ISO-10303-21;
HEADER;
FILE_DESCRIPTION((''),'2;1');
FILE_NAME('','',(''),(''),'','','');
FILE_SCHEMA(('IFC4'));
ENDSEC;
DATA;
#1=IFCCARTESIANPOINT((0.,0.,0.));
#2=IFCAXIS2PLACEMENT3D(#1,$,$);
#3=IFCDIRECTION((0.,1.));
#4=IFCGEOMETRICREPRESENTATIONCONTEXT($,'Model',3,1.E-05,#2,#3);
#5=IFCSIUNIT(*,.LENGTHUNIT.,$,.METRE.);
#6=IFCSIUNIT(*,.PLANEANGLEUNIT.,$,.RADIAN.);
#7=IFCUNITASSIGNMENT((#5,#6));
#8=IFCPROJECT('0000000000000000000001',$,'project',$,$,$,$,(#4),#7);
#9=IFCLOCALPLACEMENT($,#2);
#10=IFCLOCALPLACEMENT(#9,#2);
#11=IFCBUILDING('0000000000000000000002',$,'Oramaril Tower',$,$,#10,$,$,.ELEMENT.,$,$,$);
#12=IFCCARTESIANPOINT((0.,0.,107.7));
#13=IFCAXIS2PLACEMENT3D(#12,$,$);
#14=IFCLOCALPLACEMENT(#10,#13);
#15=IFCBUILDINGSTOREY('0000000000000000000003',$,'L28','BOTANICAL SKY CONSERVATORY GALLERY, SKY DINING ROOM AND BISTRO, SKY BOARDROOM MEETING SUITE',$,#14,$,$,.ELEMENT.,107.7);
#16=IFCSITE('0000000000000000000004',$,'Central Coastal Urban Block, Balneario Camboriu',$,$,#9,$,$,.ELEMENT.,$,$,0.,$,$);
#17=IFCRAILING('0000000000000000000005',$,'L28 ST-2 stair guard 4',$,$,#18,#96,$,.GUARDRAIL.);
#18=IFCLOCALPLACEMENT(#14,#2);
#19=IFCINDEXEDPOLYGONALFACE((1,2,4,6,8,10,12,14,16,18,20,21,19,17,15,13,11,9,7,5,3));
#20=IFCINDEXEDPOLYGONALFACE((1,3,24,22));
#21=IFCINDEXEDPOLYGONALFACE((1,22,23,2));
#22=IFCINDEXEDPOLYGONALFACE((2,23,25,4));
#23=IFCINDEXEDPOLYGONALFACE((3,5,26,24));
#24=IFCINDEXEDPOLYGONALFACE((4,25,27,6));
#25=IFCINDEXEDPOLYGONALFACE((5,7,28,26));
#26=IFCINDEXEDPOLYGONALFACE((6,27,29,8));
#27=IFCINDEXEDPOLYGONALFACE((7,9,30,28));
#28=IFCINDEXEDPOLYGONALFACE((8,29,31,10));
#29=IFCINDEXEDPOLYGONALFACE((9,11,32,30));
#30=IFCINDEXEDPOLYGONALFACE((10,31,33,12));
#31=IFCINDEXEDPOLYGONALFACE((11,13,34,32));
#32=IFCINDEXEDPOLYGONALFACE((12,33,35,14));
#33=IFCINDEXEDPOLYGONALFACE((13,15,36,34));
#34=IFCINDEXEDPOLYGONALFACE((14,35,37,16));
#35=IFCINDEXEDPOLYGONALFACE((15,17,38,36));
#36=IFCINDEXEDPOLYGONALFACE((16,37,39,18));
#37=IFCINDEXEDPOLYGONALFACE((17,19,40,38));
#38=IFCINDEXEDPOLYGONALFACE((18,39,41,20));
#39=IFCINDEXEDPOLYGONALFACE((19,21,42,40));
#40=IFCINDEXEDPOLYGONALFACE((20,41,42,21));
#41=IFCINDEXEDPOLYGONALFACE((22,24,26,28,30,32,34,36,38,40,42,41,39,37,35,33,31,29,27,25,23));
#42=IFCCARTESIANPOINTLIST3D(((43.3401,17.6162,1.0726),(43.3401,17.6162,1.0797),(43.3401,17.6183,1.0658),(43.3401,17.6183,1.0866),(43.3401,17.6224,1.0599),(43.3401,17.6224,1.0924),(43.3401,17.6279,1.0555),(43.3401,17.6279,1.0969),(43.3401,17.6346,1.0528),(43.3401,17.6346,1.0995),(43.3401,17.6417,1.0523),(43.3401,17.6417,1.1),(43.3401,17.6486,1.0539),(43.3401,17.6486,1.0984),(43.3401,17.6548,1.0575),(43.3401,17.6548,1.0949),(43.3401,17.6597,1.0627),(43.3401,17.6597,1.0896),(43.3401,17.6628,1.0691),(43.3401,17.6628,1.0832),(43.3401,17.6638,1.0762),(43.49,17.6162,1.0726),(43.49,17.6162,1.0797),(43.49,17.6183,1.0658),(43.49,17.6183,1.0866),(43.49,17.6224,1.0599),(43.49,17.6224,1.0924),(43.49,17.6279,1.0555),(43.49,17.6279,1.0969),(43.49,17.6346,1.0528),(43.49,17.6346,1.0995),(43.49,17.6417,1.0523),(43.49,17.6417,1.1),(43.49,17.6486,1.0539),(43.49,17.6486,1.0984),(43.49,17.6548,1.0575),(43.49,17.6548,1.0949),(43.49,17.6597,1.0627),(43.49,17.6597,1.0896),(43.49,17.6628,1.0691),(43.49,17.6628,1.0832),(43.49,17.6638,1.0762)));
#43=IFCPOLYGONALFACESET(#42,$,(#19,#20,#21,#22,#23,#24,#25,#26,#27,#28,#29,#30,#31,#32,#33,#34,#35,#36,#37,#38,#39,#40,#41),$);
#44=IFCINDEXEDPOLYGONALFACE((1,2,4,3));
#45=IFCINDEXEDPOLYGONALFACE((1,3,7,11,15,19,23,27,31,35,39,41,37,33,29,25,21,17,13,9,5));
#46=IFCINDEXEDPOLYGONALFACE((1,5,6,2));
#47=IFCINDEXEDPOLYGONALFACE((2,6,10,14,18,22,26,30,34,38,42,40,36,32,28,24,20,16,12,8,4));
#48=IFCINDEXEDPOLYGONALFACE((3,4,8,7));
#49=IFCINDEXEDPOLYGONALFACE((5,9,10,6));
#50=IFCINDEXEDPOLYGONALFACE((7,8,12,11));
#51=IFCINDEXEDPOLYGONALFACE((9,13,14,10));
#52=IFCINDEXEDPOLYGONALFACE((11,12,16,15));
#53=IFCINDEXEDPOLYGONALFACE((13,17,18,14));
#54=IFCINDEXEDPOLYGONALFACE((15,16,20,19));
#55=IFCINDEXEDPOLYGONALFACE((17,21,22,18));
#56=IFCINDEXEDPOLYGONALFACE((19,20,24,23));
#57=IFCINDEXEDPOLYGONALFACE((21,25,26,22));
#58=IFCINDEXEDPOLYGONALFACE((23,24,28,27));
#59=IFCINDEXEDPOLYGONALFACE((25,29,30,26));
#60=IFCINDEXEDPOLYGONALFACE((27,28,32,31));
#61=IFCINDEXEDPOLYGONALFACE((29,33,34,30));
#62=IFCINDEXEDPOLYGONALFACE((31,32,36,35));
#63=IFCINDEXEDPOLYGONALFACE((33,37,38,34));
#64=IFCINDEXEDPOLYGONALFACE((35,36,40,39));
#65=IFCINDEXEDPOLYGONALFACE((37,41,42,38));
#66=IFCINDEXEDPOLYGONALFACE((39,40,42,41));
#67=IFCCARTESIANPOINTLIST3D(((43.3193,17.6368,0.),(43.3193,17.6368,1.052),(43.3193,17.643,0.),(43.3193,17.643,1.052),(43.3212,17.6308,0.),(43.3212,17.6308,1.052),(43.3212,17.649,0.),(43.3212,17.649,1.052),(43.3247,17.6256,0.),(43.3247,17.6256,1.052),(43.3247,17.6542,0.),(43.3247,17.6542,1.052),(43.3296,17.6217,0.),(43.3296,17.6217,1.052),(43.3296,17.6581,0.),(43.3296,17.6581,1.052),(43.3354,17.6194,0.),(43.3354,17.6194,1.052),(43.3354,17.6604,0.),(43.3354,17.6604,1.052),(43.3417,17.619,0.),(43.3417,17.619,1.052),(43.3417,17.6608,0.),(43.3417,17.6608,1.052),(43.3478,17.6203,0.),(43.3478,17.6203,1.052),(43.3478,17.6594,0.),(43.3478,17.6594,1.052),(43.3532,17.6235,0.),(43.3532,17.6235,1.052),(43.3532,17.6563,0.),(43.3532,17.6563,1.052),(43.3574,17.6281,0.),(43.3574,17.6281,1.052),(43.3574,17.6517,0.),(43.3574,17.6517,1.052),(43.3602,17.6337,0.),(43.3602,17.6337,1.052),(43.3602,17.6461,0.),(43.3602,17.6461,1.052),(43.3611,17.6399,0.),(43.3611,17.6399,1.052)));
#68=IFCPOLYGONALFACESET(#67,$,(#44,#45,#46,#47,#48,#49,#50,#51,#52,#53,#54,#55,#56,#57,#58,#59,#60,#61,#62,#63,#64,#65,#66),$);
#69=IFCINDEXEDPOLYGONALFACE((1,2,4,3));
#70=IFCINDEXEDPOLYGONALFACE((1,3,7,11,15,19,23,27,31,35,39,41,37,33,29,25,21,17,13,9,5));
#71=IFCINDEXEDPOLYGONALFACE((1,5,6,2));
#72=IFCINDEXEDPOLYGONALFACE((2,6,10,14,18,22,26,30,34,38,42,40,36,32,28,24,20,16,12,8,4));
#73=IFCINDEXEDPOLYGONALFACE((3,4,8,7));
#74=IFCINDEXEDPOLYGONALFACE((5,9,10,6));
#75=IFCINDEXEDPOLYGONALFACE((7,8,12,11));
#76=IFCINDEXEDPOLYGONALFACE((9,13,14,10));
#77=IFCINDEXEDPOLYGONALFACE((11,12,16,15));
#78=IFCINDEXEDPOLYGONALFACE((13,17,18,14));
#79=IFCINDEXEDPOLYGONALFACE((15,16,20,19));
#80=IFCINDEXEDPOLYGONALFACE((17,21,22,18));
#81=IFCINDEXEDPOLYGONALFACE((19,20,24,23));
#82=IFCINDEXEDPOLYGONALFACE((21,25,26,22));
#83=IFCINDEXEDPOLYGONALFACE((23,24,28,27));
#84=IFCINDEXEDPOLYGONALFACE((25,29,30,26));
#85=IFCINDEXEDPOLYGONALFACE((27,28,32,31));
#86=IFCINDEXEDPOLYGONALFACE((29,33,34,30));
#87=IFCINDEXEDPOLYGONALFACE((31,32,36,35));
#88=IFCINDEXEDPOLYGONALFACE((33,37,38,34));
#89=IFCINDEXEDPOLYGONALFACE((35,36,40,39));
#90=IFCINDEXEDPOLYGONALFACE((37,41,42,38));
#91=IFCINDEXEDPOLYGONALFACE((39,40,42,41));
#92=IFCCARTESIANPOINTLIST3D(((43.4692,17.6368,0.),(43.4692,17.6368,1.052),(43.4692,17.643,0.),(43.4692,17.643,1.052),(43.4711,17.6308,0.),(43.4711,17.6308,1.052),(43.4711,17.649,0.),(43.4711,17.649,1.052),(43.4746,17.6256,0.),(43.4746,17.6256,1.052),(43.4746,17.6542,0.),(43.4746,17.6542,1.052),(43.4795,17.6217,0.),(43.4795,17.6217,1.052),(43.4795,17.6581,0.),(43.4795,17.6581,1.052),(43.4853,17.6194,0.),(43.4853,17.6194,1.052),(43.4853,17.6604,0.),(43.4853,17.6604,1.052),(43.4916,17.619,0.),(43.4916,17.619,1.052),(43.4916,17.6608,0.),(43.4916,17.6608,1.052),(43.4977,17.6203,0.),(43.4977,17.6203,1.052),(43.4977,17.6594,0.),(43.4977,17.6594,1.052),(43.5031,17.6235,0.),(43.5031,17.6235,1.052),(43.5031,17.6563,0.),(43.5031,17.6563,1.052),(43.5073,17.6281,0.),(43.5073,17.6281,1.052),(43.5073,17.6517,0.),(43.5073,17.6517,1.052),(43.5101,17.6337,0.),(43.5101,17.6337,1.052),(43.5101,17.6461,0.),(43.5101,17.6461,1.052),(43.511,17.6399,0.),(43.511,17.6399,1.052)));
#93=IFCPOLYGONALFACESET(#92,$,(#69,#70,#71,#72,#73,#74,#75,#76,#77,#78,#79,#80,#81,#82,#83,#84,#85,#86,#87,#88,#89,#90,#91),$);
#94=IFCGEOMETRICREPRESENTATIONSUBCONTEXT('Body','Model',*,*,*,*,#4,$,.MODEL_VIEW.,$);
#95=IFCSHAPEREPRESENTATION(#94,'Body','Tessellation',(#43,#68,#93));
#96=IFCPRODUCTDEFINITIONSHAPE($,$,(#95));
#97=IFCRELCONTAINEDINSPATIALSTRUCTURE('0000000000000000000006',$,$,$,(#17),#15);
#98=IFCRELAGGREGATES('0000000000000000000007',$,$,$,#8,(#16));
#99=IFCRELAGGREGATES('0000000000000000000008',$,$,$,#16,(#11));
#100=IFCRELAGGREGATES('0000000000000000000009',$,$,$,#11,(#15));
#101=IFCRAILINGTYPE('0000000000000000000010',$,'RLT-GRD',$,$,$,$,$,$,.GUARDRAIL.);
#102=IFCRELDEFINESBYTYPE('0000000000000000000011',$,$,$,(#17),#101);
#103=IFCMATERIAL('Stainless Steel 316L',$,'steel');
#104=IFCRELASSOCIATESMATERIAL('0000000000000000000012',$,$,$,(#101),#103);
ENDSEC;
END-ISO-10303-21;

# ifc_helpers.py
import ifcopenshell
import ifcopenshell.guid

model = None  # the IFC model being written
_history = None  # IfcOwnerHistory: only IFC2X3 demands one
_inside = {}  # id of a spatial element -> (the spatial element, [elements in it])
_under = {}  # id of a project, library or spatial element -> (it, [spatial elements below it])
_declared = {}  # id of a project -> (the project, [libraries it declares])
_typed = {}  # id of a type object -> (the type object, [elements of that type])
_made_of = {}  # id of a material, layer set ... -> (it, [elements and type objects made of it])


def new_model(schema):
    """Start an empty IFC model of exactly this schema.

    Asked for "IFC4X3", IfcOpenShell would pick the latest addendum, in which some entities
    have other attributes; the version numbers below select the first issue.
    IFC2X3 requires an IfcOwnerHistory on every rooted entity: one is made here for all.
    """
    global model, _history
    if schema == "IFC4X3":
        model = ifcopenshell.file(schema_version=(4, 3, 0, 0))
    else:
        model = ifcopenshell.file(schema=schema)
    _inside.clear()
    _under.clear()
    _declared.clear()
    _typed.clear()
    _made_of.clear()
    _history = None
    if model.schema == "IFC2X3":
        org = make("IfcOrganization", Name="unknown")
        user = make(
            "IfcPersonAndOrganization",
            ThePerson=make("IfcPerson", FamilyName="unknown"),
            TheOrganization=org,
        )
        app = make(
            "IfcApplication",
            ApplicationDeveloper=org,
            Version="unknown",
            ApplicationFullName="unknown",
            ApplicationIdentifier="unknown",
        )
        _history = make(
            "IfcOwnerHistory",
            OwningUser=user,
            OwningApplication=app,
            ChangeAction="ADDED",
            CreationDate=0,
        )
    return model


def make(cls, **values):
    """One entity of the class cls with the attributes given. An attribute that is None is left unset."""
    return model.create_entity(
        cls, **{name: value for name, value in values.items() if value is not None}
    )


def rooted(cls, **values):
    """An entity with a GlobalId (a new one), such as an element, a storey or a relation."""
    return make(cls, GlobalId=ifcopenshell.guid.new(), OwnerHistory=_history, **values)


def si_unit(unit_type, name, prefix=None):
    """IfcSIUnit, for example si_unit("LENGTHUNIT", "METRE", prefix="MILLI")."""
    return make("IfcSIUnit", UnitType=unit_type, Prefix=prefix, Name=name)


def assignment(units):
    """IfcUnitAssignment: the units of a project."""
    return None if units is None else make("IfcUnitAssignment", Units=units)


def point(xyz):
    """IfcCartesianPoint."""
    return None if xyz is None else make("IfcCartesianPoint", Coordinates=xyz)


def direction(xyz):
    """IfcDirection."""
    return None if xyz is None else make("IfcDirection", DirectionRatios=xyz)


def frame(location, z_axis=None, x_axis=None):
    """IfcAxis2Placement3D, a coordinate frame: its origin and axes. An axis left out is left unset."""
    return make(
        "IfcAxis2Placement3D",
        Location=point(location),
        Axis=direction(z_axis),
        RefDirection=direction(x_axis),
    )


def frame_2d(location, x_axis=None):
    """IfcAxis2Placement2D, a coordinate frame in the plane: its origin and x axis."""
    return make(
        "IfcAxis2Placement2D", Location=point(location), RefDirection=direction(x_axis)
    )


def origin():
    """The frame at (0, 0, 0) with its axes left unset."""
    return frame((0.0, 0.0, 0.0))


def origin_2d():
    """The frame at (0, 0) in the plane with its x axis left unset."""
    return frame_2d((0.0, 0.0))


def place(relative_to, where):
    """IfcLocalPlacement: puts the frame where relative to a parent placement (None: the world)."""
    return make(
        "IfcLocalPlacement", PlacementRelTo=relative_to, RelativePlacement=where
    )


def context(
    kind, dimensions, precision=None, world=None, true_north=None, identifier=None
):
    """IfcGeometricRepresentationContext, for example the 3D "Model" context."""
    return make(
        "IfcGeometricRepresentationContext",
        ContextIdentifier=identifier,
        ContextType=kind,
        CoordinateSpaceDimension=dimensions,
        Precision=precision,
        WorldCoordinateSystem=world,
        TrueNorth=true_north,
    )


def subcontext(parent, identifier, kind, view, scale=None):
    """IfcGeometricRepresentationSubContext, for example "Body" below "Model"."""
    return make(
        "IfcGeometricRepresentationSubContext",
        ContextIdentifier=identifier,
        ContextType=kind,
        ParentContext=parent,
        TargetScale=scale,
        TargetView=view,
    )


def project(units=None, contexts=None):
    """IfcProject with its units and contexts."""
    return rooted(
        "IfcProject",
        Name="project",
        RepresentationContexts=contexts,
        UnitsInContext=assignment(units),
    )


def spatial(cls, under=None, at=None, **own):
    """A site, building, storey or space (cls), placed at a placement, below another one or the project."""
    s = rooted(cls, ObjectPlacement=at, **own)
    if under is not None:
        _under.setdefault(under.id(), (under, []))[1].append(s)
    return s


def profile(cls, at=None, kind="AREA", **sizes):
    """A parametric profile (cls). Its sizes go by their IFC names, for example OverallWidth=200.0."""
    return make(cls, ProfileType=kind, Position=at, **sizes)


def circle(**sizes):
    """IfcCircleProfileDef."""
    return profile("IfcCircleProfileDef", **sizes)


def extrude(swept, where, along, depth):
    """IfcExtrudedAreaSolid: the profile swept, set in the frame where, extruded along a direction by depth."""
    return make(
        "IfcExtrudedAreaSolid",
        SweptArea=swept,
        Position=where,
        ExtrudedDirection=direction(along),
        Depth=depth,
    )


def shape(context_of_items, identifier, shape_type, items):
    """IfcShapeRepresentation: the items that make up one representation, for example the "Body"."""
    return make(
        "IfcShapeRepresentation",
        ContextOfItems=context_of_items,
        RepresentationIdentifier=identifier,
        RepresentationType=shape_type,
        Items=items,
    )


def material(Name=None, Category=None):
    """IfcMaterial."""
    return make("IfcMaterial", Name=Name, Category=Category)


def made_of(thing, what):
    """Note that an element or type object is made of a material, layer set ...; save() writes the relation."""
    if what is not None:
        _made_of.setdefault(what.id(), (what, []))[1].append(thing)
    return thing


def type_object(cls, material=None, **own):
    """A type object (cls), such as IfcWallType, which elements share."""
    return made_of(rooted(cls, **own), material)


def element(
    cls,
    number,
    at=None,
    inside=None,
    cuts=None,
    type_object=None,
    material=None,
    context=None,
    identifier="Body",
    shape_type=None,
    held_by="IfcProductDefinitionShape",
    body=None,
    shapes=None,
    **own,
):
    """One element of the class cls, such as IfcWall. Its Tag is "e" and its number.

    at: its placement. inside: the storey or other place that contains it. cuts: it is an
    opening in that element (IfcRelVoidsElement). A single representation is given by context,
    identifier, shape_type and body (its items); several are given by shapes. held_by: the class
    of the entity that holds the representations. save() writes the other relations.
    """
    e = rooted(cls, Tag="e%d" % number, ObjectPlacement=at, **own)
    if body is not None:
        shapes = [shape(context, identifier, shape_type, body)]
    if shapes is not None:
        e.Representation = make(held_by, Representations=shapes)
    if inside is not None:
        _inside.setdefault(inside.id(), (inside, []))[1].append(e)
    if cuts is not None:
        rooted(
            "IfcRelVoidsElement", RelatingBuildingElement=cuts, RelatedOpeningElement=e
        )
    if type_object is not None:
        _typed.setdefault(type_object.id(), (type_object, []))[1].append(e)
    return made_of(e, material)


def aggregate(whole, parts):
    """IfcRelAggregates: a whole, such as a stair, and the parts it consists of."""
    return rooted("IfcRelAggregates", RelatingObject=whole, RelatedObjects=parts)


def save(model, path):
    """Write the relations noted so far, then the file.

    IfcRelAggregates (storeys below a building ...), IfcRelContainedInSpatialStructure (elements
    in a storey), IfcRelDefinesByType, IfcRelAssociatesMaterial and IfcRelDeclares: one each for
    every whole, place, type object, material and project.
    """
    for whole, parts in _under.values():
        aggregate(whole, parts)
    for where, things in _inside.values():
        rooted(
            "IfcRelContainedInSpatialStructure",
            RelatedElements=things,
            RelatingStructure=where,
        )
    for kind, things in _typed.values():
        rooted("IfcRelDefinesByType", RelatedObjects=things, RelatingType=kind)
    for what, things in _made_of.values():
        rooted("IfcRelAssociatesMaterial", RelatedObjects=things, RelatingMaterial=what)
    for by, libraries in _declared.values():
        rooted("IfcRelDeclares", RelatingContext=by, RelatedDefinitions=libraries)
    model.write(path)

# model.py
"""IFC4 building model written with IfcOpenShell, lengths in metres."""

from ifc_helpers import new_model, si_unit, direction, frame, origin, origin_2d, place, context, subcontext, project, spatial, circle, extrude, material, type_object, element, save


model = new_model("IFC4")

# Units and contexts
model_context = context("Model", 3, precision=1e-05, world=origin(), true_north=direction((0.0, 1.0)))
body_context = subcontext(model_context, "Body", "Model", "MODEL_VIEW")
ifc_project = project(units=[si_unit("LENGTHUNIT", "METRE"), si_unit("PLANEANGLEUNIT", "RADIAN")], contexts=[model_context])

# Site, building, storey
site_placement = place(None, origin())
site = spatial("IfcSite", under=ifc_project, at=site_placement, Name="Central Coastal Urban Block, Balneario Camboriu", CompositionType="ELEMENT", RefElevation=0.0)
building_placement = place(site_placement, origin())
building = spatial("IfcBuilding", under=site, at=building_placement, Name="Oramaril Tower", CompositionType="ELEMENT")
storey_placement = place(building_placement, frame((0.0, 0.0, 107.7)))
storey = spatial("IfcBuildingStorey", under=building, at=storey_placement, Name="L28", Description="BOTANICAL SKY CONSERVATORY GALLERY, SKY DINING ROOM AND BISTRO, SKY BOARDROOM MEETING SUITE", CompositionType="ELEMENT", Elevation=107.7)

# Railing
ifc_material_1 = material(Name="Stainless Steel 316L", Category="steel")
railing_type = type_object("IfcRailingType", Name="RLT-GRD", PredefinedType="GUARDRAIL", material=ifc_material_1)
railing_1_placement = place(storey_placement, frame((43.3401, 17.6399, 0.0)))
element("IfcRailing", 1, at=railing_1_placement, inside=storey, type_object=railing_type, Name="L28 ST-2 stair guard 4", PredefinedType="GUARDRAIL", context=body_context, shape_type="SweptSolid", body=[
    extrude(circle(Radius=0.0239, at=origin_2d()), frame((0.0, 0.0, 1.0762), z_axis=(1.0, 0.0, 0.0), x_axis=(0.0, 1.0, 0.0)), (0.0, 0.0, 1.0), 0.1499),
    extrude(circle(Radius=0.021, at=origin_2d()), origin(), (0.0, 0.0, 1.0), 1.052),
    extrude(circle(Radius=0.021, at=origin_2d()), frame((0.1499, 0.0, 0.0)), (0.0, 0.0, 1.0), 1.052),
])

save(model, "model.ifc")
